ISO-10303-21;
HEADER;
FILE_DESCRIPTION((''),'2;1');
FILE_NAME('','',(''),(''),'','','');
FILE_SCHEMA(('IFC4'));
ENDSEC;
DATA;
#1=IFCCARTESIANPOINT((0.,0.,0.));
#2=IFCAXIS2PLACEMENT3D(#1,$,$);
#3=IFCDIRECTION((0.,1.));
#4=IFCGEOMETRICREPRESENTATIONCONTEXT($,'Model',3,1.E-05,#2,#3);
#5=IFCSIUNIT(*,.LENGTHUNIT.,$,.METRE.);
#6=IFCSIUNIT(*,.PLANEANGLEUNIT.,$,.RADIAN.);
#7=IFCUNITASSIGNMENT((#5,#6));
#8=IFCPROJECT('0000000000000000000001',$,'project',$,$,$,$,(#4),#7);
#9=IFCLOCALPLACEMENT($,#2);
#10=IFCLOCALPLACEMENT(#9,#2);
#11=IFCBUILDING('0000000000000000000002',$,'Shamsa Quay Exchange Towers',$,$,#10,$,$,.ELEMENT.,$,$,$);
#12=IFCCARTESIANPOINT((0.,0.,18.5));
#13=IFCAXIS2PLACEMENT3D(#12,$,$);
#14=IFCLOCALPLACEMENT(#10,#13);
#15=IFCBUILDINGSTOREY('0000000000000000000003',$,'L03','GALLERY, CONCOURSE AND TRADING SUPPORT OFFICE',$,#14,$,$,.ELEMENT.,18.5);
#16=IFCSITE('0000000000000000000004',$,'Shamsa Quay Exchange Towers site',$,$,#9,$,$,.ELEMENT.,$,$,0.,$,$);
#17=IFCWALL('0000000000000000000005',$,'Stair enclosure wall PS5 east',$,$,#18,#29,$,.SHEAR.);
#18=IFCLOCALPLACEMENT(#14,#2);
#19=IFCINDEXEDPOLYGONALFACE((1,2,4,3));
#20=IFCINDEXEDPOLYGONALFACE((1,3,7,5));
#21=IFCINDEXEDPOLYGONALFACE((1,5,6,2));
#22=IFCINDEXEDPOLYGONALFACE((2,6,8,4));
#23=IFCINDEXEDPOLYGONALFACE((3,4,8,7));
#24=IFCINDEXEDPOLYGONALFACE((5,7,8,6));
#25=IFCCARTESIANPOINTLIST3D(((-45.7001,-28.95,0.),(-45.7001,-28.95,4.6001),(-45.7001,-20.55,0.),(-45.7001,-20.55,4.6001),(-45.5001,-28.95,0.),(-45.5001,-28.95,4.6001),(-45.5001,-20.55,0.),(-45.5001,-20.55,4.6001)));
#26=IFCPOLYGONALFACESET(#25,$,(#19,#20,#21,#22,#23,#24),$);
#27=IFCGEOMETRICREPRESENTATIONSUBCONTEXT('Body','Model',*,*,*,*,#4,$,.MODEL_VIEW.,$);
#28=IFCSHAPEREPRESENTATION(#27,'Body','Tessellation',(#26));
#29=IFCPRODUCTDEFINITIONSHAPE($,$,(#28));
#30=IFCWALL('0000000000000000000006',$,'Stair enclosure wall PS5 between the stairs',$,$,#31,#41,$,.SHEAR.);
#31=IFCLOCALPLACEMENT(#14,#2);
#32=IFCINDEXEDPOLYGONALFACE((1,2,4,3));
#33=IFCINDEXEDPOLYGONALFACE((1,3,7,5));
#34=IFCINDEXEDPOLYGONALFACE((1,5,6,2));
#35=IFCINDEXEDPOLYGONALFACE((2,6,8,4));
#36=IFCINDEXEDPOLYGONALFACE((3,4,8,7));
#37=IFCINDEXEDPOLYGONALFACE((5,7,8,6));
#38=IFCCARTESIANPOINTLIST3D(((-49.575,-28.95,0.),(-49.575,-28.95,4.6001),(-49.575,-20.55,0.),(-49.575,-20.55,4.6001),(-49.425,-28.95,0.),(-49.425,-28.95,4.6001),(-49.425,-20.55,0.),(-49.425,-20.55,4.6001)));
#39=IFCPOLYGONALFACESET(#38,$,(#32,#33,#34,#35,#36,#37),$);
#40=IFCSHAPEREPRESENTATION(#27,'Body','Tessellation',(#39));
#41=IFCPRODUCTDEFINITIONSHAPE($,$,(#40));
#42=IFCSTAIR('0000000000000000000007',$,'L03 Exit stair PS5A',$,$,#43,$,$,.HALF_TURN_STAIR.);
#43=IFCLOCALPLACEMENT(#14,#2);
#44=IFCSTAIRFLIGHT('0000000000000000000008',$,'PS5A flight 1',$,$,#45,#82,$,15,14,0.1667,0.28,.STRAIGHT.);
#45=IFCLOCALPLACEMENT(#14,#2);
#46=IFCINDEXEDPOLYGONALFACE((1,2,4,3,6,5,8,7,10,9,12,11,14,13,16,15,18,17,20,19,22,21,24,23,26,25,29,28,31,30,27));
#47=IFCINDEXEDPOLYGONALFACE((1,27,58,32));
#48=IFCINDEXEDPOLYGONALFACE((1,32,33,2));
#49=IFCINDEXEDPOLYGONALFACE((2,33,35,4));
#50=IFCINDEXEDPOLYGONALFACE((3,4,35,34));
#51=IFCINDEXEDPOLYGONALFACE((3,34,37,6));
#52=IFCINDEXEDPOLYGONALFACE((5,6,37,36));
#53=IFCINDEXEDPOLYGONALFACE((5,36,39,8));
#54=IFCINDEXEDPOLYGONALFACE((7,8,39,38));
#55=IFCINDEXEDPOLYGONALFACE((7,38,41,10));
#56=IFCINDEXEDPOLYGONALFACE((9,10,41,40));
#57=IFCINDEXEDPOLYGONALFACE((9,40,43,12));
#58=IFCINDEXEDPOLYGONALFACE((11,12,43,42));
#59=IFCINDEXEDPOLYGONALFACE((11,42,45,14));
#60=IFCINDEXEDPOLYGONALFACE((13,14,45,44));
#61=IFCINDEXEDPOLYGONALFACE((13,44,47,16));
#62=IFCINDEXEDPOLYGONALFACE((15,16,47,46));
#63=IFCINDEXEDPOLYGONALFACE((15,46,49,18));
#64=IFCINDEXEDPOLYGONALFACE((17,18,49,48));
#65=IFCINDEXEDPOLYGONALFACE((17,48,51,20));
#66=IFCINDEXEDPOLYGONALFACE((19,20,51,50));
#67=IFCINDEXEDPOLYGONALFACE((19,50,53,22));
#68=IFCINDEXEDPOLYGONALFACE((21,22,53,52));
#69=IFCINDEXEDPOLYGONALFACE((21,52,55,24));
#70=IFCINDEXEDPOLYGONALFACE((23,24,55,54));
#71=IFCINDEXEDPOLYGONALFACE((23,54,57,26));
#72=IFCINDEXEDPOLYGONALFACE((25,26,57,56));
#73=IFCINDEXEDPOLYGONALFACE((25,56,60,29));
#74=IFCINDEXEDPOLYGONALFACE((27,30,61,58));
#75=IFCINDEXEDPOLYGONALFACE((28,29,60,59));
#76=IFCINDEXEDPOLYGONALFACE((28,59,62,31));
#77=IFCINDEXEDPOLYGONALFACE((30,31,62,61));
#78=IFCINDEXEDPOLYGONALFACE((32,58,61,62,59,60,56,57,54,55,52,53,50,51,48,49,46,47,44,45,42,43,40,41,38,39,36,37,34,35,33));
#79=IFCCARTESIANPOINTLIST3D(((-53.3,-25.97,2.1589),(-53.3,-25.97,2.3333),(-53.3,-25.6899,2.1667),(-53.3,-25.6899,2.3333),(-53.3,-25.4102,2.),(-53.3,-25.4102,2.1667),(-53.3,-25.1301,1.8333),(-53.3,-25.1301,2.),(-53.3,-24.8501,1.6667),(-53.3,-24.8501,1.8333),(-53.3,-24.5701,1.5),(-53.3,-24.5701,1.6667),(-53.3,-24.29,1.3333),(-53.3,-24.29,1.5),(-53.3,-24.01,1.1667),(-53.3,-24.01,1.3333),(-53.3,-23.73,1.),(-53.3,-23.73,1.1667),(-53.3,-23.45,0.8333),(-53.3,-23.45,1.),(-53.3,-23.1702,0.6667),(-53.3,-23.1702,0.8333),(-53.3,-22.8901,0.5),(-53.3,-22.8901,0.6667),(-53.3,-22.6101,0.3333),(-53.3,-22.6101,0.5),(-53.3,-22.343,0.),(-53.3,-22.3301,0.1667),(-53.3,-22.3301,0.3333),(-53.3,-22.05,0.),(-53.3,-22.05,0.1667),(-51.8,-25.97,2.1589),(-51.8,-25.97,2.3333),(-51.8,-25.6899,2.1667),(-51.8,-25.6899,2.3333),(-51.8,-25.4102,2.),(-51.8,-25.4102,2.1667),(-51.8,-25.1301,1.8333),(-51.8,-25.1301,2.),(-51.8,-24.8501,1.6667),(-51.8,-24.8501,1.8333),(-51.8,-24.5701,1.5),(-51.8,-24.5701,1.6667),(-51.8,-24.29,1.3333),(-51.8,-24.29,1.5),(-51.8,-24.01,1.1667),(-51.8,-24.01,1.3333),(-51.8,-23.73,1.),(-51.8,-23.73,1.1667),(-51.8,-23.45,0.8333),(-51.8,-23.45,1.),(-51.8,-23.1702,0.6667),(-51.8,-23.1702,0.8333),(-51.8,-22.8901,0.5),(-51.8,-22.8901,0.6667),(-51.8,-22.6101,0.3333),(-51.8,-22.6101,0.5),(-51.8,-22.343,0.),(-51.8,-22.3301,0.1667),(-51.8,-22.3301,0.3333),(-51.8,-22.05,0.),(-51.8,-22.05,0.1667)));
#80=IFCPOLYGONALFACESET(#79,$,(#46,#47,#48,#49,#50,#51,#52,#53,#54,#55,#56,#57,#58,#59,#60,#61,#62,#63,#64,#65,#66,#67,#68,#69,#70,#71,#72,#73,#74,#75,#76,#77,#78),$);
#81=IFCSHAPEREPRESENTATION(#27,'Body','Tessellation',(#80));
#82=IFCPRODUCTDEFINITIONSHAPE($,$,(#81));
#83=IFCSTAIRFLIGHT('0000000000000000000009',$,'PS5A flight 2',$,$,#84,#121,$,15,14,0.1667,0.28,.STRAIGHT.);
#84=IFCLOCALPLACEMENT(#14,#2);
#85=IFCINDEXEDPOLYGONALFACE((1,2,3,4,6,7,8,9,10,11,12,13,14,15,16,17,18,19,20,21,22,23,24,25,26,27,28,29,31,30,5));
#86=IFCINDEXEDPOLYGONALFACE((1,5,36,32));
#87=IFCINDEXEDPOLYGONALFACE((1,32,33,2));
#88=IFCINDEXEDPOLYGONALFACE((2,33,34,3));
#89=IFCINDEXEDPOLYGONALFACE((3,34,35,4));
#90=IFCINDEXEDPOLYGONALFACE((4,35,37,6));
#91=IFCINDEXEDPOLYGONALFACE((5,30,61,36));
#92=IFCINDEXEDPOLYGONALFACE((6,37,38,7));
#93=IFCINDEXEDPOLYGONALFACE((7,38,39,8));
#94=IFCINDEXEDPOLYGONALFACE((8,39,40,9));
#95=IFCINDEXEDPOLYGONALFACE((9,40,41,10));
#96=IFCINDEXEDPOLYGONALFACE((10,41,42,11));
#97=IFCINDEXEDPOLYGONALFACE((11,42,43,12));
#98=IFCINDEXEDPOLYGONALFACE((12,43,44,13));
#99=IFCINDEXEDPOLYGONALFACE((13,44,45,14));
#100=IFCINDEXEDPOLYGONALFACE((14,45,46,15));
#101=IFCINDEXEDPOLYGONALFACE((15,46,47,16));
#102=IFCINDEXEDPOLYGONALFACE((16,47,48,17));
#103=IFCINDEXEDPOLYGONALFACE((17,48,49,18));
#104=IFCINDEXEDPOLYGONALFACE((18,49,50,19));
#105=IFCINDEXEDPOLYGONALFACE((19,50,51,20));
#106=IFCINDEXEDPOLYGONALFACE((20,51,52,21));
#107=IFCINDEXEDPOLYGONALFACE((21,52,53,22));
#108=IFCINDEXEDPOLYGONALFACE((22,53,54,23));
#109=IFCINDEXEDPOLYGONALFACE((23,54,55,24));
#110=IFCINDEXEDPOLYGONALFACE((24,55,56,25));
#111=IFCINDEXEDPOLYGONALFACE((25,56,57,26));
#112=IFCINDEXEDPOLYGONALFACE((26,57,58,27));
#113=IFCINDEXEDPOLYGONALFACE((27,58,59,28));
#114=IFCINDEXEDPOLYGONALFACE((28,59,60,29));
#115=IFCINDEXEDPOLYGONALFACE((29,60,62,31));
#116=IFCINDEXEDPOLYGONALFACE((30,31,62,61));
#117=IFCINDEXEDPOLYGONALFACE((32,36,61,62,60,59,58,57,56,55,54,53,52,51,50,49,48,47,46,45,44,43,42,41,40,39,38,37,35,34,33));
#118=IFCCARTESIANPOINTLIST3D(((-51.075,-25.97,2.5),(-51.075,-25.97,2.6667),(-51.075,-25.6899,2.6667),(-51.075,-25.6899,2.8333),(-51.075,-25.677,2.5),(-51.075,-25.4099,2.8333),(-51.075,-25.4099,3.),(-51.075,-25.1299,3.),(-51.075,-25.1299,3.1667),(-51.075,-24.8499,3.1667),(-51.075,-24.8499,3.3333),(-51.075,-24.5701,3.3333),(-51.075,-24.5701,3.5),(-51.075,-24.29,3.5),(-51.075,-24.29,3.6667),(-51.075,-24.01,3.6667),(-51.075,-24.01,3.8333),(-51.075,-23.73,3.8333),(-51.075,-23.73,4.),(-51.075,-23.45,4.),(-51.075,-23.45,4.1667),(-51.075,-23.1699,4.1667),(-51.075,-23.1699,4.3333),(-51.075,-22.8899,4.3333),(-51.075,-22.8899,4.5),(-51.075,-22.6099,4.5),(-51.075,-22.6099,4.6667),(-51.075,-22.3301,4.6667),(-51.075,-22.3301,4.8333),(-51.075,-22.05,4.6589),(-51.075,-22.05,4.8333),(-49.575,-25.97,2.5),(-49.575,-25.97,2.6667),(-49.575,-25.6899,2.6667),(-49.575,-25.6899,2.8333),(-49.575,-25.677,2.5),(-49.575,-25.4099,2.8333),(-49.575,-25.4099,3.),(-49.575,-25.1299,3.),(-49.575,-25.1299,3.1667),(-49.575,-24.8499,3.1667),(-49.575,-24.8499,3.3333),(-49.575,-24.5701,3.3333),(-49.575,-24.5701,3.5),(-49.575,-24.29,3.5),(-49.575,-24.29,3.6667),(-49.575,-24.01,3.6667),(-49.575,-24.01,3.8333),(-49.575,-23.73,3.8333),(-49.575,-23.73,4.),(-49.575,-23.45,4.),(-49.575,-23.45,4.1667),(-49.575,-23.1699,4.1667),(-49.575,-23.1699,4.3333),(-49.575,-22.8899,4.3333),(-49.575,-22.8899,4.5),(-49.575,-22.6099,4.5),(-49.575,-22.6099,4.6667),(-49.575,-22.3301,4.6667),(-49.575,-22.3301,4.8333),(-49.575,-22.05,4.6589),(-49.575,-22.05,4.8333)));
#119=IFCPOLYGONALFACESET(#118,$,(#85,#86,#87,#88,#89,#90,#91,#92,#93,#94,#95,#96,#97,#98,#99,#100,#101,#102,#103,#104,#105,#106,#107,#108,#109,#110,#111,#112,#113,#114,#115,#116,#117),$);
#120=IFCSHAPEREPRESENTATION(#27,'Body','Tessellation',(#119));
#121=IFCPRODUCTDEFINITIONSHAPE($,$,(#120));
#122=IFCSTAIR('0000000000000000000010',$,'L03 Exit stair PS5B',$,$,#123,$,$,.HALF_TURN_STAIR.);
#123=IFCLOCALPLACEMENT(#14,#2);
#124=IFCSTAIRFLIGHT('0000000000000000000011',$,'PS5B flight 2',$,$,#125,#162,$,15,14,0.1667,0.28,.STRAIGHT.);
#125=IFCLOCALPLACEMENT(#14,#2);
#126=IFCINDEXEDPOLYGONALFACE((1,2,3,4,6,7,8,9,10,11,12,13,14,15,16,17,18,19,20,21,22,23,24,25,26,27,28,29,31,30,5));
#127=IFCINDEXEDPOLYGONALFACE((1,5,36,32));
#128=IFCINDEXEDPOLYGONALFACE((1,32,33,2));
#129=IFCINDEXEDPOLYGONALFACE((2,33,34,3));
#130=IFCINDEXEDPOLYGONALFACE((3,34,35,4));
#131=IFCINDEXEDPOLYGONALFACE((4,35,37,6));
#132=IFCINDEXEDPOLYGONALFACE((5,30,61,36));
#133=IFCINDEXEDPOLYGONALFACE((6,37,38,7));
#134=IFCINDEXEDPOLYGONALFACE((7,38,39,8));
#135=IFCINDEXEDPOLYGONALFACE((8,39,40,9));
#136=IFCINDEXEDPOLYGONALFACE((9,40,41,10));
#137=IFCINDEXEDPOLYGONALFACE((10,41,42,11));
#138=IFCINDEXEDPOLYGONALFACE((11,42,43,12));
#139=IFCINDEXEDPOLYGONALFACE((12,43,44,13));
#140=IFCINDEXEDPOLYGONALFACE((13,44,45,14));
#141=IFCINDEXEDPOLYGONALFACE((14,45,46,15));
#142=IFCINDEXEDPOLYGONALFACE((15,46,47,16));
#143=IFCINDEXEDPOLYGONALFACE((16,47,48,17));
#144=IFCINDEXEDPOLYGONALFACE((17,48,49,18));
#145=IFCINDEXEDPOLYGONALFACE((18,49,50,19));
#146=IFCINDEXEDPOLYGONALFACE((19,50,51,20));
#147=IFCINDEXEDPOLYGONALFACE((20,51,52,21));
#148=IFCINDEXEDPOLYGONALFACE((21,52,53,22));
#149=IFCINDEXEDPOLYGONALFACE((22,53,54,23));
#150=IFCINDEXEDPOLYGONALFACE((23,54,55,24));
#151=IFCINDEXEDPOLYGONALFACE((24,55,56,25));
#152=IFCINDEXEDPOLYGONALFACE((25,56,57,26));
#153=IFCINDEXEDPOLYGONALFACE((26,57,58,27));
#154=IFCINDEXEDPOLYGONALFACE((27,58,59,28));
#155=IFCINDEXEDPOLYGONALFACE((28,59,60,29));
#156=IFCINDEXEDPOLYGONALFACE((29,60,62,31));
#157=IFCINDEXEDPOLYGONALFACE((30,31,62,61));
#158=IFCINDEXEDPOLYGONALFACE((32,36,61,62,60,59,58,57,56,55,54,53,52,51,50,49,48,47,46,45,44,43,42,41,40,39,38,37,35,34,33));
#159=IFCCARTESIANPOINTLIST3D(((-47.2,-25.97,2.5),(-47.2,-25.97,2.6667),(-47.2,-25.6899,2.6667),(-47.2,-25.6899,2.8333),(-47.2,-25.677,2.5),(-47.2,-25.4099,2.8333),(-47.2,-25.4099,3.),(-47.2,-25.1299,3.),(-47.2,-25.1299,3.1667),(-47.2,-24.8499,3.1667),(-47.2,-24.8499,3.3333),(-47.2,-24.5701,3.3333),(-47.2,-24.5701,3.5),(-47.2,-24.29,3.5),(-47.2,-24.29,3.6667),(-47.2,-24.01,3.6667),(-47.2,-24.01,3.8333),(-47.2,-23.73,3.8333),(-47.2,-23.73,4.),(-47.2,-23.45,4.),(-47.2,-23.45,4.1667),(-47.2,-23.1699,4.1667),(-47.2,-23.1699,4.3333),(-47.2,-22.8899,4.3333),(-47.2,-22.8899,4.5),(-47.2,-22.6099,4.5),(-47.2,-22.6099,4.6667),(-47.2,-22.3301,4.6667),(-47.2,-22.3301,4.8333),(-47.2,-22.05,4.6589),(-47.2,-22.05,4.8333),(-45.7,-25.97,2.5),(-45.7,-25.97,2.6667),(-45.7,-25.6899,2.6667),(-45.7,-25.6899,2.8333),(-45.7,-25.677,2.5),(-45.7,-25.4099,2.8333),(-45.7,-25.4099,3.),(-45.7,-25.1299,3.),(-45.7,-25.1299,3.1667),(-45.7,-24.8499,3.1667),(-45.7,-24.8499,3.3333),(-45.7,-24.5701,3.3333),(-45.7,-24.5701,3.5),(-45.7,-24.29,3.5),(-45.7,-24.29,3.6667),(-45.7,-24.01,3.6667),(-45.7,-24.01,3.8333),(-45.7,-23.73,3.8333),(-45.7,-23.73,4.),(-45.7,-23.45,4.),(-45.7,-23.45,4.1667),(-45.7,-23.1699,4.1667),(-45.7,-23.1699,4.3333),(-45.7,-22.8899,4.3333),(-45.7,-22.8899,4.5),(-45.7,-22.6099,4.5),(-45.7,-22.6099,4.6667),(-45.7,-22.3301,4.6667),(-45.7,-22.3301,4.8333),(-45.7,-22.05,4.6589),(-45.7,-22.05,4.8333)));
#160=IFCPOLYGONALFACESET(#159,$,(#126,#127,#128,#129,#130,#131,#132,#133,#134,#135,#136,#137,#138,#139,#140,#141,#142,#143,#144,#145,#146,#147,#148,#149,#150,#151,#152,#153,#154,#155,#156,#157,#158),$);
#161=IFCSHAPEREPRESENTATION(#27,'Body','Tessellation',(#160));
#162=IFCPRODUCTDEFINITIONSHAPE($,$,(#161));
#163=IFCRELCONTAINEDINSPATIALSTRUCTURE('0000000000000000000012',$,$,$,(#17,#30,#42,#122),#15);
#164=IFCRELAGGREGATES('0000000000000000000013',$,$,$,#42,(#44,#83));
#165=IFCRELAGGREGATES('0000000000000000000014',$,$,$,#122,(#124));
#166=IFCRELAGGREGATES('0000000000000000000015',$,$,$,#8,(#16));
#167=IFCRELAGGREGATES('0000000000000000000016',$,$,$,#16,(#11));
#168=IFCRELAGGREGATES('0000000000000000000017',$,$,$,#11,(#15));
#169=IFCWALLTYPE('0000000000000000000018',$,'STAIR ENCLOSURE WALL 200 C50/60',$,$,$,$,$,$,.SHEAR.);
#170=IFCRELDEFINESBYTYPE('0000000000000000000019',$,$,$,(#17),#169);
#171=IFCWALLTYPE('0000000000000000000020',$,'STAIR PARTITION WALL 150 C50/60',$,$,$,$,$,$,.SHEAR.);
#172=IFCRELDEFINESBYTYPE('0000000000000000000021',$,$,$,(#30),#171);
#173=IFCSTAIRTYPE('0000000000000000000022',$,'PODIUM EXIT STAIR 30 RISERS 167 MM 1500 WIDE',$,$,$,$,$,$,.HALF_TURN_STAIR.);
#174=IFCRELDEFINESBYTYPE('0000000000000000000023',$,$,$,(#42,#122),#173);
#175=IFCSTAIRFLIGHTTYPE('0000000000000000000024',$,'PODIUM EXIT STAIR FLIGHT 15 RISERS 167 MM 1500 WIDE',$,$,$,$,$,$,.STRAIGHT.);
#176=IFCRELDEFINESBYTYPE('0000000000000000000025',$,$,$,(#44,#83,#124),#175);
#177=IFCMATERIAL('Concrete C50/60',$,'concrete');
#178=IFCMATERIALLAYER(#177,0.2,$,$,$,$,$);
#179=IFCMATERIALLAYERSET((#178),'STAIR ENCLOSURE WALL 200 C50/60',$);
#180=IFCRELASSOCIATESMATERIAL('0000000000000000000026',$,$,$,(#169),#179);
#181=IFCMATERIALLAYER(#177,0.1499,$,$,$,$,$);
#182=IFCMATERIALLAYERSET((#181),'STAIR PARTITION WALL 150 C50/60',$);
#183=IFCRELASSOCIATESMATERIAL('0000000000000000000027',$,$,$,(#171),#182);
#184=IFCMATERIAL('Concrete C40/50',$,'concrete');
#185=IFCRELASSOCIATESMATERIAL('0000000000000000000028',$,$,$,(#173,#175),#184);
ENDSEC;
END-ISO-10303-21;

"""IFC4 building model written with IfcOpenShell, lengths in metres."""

from ifc_helpers import new_model, si_unit, direction, frame, frame_2d, origin, place, context, subcontext, project, spatial, polyline, rectangle, outline, extrude, material, layer, layer_set, type_object, element, aggregate, save


model = new_model("IFC4")

# Units and contexts
model_context = context("Model", 3, precision=1e-05, world=origin(), true_north=direction((0.0, 1.0)))
body_context = subcontext(model_context, "Body", "Model", "MODEL_VIEW")
ifc_project = project(units=[si_unit("LENGTHUNIT", "METRE"), si_unit("PLANEANGLEUNIT", "RADIAN")], contexts=[model_context])

# Site, building, storey
site_placement = place(None, origin())
site = spatial("IfcSite", under=ifc_project, at=site_placement, Name="Shamsa Quay Exchange Towers site", CompositionType="ELEMENT", RefElevation=0.0)
building_placement = place(site_placement, origin())
building = spatial("IfcBuilding", under=site, at=building_placement, Name="Shamsa Quay Exchange Towers", CompositionType="ELEMENT")
storey_placement = place(building_placement, frame((0.0, 0.0, 18.5)))
storey = spatial("IfcBuildingStorey", under=building, at=storey_placement, Name="L03", Description="GALLERY, CONCOURSE AND TRADING SUPPORT OFFICE", CompositionType="ELEMENT", Elevation=18.5)

# Walls
ifc_material_1 = material(Name="Concrete C50/60", Category="concrete")
ifc_layer_1 = layer(ifc_material_1, 0.2)
ifc_layer_set_1 = layer_set([ifc_layer_1], Name="STAIR ENCLOSURE WALL 200 C50/60")
wall_type_1 = type_object("IfcWallType", Name="STAIR ENCLOSURE WALL 200 C50/60", PredefinedType="SHEAR", material=ifc_layer_set_1)
for number, where, z_axis, x_axis, name in (
    (1, (-45.6001, -28.95, 0.0), (0.0, 0.0, 1.0), (0.0, 1.0, 0.0), "Stair enclosure wall PS5 east"),
):
    element("IfcWall", number, at=place(storey_placement, frame(where, z_axis=z_axis, x_axis=x_axis)), inside=storey, type_object=wall_type_1, Name=name, PredefinedType="SHEAR", context=body_context, shape_type="SweptSolid", body=[
        extrude(rectangle(XDim=8.3999, YDim=0.2, at=frame_2d((4.2, 0.0))), origin(), (0.0, 0.0, 1.0), 4.6001),
    ])
ifc_layer_2 = layer(ifc_material_1, 0.1499)
ifc_layer_set_2 = layer_set([ifc_layer_2], Name="STAIR PARTITION WALL 150 C50/60")
wall_type_2 = type_object("IfcWallType", Name="STAIR PARTITION WALL 150 C50/60", PredefinedType="SHEAR", material=ifc_layer_set_2)
wall_1_placement = place(storey_placement, frame((-49.5, -28.95, 0.0), z_axis=(0.0, 0.0, 1.0), x_axis=(0.0, 1.0, 0.0)))
element("IfcWall", 2, at=wall_1_placement, inside=storey, type_object=wall_type_2, Name="Stair enclosure wall PS5 between the stairs", PredefinedType="SHEAR", context=body_context, shape_type="SweptSolid", body=[
    extrude(rectangle(XDim=8.3999, YDim=0.1499, at=frame_2d((4.2, 0.0))), origin(), (0.0, 0.0, 1.0), 4.6001),
])

# Stair, stair flights
ifc_material_2 = material(Name="Concrete C40/50", Category="concrete")
stair_type = type_object("IfcStairType", Name="PODIUM EXIT STAIR 30 RISERS 167 MM 1500 WIDE", PredefinedType="HALF_TURN_STAIR", material=ifc_material_2)
stair_1_placement = place(storey_placement, origin())
stair_1 = element("IfcStair", 3, at=stair_1_placement, inside=storey, type_object=stair_type, Name="L03 Exit stair PS5A", PredefinedType="HALF_TURN_STAIR")
stair_flight_type = type_object("IfcStairFlightType", Name="PODIUM EXIT STAIR FLIGHT 15 RISERS 167 MM 1500 WIDE", PredefinedType="STRAIGHT", material=ifc_material_2)
stair_flight_1_placement = place(storey_placement, frame((-52.55, -22.05, 0.0), z_axis=(0.0, 0.0, 1.0), x_axis=(0.0, -1.0, 0.0)))
stair_flight_1 = element("IfcStairFlight", 4, at=stair_flight_1_placement, type_object=stair_flight_type, Name="PS5A flight 1", NumberOfRisers=15, NumberOfTreads=14, PredefinedType="STRAIGHT", RiserHeight=0.1667, TreadLength=0.28, context=body_context, shape_type="SweptSolid", body=[
    extrude(outline(polyline([(0.0, 0.0), (0.0, 0.1667), (0.28, 0.1667), (0.28, 0.3333), (0.5601, 0.3333), (0.5601, 0.5), (0.8401, 0.5), (0.8401, 0.6667), (1.1201, 0.6667), (1.1201, 0.8333), (1.3999, 0.8333), (1.3999, 1.0), (1.6799, 1.0), (1.6799, 1.1667), (1.96, 1.1667), (1.96, 1.3333), (2.24, 1.3333), (2.24, 1.5), (2.52, 1.5), (2.52, 1.6667), (2.8, 1.6667), (2.8, 1.8333), (3.0801, 1.8333), (3.0801, 2.0), (3.3601, 2.0), (3.3601, 2.1667), (3.6399, 2.1667), (3.6399, 2.3333), (3.9199, 2.3333), (3.9199, 2.5), (3.9199, 2.1589), (0.293, 0.0), (0.0, 0.0)])), frame((0.0, 0.75, 0.0), z_axis=(0.0, -1.0, 0.0), x_axis=(1.0, 0.0, 0.0)), (0.0, 0.0, 1.0), 1.5),
])
stair_flight_2_placement = place(storey_placement, frame((-50.325, -25.97, 2.5), z_axis=(0.0, 0.0, 1.0), x_axis=(0.0, 1.0, 0.0)))
stair_flight_2 = element("IfcStairFlight", 5, at=stair_flight_2_placement, type_object=stair_flight_type, Name="PS5A flight 2", NumberOfRisers=15, NumberOfTreads=14, PredefinedType="STRAIGHT", RiserHeight=0.1667, TreadLength=0.28, context=body_context, shape_type="SweptSolid", body=[
    extrude(outline(polyline([(0.0, 0.0), (0.0, 0.1667), (0.28, 0.1667), (0.28, 0.3333), (0.5601, 0.3333), (0.5601, 0.5), (0.8401, 0.5), (0.8401, 0.6667), (1.1201, 0.6667), (1.1201, 0.8333), (1.3999, 0.8333), (1.3999, 1.0), (1.6799, 1.0), (1.6799, 1.1667), (1.96, 1.1667), (1.96, 1.3333), (2.24, 1.3333), (2.24, 1.5), (2.52, 1.5), (2.52, 1.6667), (2.8, 1.6667), (2.8, 1.8333), (3.0801, 1.8333), (3.0801, 2.0), (3.3601, 2.0), (3.3601, 2.1667), (3.6399, 2.1667), (3.6399, 2.3333), (3.9199, 2.3333), (3.9199, 2.5), (3.9199, 2.1589), (0.293, 0.0), (0.0, 0.0)])), frame((0.0, 0.75, 0.0), z_axis=(0.0, -1.0, 0.0), x_axis=(1.0, 0.0, 0.0)), (0.0, 0.0, 1.0), 1.5),
])
aggregate(stair_1, [stair_flight_1, stair_flight_2])

# Stair, stair flight
stair_2_placement = place(storey_placement, origin())
stair_2 = element("IfcStair", 6, at=stair_2_placement, inside=storey, type_object=stair_type, Name="L03 Exit stair PS5B", PredefinedType="HALF_TURN_STAIR")
stair_flight_3_placement = place(storey_placement, frame((-46.45, -25.97, 2.5), z_axis=(0.0, 0.0, 1.0), x_axis=(0.0, 1.0, 0.0)))
stair_flight_3 = element("IfcStairFlight", 7, at=stair_flight_3_placement, type_object=stair_flight_type, Name="PS5B flight 2", NumberOfRisers=15, NumberOfTreads=14, PredefinedType="STRAIGHT", RiserHeight=0.1667, TreadLength=0.28, context=body_context, shape_type="SweptSolid", body=[
    extrude(outline(polyline([(0.0, 0.0), (0.0, 0.1667), (0.28, 0.1667), (0.28, 0.3333), (0.5601, 0.3333), (0.5601, 0.5), (0.8401, 0.5), (0.8401, 0.6667), (1.1201, 0.6667), (1.1201, 0.8333), (1.3999, 0.8333), (1.3999, 1.0), (1.6799, 1.0), (1.6799, 1.1667), (1.96, 1.1667), (1.96, 1.3333), (2.24, 1.3333), (2.24, 1.5), (2.52, 1.5), (2.52, 1.6667), (2.8, 1.6667), (2.8, 1.8333), (3.0801, 1.8333), (3.0801, 2.0), (3.3601, 2.0), (3.3601, 2.1667), (3.6399, 2.1667), (3.6399, 2.3333), (3.9199, 2.3333), (3.9199, 2.5), (3.9199, 2.1589), (0.293, 0.0), (0.0, 0.0)])), frame((0.0, 0.75, 0.0), z_axis=(0.0, -1.0, 0.0), x_axis=(1.0, 0.0, 0.0)), (0.0, 0.0, 1.0), 1.5),
])
aggregate(stair_2, [stair_flight_3])

save(model, "model.ifc")
